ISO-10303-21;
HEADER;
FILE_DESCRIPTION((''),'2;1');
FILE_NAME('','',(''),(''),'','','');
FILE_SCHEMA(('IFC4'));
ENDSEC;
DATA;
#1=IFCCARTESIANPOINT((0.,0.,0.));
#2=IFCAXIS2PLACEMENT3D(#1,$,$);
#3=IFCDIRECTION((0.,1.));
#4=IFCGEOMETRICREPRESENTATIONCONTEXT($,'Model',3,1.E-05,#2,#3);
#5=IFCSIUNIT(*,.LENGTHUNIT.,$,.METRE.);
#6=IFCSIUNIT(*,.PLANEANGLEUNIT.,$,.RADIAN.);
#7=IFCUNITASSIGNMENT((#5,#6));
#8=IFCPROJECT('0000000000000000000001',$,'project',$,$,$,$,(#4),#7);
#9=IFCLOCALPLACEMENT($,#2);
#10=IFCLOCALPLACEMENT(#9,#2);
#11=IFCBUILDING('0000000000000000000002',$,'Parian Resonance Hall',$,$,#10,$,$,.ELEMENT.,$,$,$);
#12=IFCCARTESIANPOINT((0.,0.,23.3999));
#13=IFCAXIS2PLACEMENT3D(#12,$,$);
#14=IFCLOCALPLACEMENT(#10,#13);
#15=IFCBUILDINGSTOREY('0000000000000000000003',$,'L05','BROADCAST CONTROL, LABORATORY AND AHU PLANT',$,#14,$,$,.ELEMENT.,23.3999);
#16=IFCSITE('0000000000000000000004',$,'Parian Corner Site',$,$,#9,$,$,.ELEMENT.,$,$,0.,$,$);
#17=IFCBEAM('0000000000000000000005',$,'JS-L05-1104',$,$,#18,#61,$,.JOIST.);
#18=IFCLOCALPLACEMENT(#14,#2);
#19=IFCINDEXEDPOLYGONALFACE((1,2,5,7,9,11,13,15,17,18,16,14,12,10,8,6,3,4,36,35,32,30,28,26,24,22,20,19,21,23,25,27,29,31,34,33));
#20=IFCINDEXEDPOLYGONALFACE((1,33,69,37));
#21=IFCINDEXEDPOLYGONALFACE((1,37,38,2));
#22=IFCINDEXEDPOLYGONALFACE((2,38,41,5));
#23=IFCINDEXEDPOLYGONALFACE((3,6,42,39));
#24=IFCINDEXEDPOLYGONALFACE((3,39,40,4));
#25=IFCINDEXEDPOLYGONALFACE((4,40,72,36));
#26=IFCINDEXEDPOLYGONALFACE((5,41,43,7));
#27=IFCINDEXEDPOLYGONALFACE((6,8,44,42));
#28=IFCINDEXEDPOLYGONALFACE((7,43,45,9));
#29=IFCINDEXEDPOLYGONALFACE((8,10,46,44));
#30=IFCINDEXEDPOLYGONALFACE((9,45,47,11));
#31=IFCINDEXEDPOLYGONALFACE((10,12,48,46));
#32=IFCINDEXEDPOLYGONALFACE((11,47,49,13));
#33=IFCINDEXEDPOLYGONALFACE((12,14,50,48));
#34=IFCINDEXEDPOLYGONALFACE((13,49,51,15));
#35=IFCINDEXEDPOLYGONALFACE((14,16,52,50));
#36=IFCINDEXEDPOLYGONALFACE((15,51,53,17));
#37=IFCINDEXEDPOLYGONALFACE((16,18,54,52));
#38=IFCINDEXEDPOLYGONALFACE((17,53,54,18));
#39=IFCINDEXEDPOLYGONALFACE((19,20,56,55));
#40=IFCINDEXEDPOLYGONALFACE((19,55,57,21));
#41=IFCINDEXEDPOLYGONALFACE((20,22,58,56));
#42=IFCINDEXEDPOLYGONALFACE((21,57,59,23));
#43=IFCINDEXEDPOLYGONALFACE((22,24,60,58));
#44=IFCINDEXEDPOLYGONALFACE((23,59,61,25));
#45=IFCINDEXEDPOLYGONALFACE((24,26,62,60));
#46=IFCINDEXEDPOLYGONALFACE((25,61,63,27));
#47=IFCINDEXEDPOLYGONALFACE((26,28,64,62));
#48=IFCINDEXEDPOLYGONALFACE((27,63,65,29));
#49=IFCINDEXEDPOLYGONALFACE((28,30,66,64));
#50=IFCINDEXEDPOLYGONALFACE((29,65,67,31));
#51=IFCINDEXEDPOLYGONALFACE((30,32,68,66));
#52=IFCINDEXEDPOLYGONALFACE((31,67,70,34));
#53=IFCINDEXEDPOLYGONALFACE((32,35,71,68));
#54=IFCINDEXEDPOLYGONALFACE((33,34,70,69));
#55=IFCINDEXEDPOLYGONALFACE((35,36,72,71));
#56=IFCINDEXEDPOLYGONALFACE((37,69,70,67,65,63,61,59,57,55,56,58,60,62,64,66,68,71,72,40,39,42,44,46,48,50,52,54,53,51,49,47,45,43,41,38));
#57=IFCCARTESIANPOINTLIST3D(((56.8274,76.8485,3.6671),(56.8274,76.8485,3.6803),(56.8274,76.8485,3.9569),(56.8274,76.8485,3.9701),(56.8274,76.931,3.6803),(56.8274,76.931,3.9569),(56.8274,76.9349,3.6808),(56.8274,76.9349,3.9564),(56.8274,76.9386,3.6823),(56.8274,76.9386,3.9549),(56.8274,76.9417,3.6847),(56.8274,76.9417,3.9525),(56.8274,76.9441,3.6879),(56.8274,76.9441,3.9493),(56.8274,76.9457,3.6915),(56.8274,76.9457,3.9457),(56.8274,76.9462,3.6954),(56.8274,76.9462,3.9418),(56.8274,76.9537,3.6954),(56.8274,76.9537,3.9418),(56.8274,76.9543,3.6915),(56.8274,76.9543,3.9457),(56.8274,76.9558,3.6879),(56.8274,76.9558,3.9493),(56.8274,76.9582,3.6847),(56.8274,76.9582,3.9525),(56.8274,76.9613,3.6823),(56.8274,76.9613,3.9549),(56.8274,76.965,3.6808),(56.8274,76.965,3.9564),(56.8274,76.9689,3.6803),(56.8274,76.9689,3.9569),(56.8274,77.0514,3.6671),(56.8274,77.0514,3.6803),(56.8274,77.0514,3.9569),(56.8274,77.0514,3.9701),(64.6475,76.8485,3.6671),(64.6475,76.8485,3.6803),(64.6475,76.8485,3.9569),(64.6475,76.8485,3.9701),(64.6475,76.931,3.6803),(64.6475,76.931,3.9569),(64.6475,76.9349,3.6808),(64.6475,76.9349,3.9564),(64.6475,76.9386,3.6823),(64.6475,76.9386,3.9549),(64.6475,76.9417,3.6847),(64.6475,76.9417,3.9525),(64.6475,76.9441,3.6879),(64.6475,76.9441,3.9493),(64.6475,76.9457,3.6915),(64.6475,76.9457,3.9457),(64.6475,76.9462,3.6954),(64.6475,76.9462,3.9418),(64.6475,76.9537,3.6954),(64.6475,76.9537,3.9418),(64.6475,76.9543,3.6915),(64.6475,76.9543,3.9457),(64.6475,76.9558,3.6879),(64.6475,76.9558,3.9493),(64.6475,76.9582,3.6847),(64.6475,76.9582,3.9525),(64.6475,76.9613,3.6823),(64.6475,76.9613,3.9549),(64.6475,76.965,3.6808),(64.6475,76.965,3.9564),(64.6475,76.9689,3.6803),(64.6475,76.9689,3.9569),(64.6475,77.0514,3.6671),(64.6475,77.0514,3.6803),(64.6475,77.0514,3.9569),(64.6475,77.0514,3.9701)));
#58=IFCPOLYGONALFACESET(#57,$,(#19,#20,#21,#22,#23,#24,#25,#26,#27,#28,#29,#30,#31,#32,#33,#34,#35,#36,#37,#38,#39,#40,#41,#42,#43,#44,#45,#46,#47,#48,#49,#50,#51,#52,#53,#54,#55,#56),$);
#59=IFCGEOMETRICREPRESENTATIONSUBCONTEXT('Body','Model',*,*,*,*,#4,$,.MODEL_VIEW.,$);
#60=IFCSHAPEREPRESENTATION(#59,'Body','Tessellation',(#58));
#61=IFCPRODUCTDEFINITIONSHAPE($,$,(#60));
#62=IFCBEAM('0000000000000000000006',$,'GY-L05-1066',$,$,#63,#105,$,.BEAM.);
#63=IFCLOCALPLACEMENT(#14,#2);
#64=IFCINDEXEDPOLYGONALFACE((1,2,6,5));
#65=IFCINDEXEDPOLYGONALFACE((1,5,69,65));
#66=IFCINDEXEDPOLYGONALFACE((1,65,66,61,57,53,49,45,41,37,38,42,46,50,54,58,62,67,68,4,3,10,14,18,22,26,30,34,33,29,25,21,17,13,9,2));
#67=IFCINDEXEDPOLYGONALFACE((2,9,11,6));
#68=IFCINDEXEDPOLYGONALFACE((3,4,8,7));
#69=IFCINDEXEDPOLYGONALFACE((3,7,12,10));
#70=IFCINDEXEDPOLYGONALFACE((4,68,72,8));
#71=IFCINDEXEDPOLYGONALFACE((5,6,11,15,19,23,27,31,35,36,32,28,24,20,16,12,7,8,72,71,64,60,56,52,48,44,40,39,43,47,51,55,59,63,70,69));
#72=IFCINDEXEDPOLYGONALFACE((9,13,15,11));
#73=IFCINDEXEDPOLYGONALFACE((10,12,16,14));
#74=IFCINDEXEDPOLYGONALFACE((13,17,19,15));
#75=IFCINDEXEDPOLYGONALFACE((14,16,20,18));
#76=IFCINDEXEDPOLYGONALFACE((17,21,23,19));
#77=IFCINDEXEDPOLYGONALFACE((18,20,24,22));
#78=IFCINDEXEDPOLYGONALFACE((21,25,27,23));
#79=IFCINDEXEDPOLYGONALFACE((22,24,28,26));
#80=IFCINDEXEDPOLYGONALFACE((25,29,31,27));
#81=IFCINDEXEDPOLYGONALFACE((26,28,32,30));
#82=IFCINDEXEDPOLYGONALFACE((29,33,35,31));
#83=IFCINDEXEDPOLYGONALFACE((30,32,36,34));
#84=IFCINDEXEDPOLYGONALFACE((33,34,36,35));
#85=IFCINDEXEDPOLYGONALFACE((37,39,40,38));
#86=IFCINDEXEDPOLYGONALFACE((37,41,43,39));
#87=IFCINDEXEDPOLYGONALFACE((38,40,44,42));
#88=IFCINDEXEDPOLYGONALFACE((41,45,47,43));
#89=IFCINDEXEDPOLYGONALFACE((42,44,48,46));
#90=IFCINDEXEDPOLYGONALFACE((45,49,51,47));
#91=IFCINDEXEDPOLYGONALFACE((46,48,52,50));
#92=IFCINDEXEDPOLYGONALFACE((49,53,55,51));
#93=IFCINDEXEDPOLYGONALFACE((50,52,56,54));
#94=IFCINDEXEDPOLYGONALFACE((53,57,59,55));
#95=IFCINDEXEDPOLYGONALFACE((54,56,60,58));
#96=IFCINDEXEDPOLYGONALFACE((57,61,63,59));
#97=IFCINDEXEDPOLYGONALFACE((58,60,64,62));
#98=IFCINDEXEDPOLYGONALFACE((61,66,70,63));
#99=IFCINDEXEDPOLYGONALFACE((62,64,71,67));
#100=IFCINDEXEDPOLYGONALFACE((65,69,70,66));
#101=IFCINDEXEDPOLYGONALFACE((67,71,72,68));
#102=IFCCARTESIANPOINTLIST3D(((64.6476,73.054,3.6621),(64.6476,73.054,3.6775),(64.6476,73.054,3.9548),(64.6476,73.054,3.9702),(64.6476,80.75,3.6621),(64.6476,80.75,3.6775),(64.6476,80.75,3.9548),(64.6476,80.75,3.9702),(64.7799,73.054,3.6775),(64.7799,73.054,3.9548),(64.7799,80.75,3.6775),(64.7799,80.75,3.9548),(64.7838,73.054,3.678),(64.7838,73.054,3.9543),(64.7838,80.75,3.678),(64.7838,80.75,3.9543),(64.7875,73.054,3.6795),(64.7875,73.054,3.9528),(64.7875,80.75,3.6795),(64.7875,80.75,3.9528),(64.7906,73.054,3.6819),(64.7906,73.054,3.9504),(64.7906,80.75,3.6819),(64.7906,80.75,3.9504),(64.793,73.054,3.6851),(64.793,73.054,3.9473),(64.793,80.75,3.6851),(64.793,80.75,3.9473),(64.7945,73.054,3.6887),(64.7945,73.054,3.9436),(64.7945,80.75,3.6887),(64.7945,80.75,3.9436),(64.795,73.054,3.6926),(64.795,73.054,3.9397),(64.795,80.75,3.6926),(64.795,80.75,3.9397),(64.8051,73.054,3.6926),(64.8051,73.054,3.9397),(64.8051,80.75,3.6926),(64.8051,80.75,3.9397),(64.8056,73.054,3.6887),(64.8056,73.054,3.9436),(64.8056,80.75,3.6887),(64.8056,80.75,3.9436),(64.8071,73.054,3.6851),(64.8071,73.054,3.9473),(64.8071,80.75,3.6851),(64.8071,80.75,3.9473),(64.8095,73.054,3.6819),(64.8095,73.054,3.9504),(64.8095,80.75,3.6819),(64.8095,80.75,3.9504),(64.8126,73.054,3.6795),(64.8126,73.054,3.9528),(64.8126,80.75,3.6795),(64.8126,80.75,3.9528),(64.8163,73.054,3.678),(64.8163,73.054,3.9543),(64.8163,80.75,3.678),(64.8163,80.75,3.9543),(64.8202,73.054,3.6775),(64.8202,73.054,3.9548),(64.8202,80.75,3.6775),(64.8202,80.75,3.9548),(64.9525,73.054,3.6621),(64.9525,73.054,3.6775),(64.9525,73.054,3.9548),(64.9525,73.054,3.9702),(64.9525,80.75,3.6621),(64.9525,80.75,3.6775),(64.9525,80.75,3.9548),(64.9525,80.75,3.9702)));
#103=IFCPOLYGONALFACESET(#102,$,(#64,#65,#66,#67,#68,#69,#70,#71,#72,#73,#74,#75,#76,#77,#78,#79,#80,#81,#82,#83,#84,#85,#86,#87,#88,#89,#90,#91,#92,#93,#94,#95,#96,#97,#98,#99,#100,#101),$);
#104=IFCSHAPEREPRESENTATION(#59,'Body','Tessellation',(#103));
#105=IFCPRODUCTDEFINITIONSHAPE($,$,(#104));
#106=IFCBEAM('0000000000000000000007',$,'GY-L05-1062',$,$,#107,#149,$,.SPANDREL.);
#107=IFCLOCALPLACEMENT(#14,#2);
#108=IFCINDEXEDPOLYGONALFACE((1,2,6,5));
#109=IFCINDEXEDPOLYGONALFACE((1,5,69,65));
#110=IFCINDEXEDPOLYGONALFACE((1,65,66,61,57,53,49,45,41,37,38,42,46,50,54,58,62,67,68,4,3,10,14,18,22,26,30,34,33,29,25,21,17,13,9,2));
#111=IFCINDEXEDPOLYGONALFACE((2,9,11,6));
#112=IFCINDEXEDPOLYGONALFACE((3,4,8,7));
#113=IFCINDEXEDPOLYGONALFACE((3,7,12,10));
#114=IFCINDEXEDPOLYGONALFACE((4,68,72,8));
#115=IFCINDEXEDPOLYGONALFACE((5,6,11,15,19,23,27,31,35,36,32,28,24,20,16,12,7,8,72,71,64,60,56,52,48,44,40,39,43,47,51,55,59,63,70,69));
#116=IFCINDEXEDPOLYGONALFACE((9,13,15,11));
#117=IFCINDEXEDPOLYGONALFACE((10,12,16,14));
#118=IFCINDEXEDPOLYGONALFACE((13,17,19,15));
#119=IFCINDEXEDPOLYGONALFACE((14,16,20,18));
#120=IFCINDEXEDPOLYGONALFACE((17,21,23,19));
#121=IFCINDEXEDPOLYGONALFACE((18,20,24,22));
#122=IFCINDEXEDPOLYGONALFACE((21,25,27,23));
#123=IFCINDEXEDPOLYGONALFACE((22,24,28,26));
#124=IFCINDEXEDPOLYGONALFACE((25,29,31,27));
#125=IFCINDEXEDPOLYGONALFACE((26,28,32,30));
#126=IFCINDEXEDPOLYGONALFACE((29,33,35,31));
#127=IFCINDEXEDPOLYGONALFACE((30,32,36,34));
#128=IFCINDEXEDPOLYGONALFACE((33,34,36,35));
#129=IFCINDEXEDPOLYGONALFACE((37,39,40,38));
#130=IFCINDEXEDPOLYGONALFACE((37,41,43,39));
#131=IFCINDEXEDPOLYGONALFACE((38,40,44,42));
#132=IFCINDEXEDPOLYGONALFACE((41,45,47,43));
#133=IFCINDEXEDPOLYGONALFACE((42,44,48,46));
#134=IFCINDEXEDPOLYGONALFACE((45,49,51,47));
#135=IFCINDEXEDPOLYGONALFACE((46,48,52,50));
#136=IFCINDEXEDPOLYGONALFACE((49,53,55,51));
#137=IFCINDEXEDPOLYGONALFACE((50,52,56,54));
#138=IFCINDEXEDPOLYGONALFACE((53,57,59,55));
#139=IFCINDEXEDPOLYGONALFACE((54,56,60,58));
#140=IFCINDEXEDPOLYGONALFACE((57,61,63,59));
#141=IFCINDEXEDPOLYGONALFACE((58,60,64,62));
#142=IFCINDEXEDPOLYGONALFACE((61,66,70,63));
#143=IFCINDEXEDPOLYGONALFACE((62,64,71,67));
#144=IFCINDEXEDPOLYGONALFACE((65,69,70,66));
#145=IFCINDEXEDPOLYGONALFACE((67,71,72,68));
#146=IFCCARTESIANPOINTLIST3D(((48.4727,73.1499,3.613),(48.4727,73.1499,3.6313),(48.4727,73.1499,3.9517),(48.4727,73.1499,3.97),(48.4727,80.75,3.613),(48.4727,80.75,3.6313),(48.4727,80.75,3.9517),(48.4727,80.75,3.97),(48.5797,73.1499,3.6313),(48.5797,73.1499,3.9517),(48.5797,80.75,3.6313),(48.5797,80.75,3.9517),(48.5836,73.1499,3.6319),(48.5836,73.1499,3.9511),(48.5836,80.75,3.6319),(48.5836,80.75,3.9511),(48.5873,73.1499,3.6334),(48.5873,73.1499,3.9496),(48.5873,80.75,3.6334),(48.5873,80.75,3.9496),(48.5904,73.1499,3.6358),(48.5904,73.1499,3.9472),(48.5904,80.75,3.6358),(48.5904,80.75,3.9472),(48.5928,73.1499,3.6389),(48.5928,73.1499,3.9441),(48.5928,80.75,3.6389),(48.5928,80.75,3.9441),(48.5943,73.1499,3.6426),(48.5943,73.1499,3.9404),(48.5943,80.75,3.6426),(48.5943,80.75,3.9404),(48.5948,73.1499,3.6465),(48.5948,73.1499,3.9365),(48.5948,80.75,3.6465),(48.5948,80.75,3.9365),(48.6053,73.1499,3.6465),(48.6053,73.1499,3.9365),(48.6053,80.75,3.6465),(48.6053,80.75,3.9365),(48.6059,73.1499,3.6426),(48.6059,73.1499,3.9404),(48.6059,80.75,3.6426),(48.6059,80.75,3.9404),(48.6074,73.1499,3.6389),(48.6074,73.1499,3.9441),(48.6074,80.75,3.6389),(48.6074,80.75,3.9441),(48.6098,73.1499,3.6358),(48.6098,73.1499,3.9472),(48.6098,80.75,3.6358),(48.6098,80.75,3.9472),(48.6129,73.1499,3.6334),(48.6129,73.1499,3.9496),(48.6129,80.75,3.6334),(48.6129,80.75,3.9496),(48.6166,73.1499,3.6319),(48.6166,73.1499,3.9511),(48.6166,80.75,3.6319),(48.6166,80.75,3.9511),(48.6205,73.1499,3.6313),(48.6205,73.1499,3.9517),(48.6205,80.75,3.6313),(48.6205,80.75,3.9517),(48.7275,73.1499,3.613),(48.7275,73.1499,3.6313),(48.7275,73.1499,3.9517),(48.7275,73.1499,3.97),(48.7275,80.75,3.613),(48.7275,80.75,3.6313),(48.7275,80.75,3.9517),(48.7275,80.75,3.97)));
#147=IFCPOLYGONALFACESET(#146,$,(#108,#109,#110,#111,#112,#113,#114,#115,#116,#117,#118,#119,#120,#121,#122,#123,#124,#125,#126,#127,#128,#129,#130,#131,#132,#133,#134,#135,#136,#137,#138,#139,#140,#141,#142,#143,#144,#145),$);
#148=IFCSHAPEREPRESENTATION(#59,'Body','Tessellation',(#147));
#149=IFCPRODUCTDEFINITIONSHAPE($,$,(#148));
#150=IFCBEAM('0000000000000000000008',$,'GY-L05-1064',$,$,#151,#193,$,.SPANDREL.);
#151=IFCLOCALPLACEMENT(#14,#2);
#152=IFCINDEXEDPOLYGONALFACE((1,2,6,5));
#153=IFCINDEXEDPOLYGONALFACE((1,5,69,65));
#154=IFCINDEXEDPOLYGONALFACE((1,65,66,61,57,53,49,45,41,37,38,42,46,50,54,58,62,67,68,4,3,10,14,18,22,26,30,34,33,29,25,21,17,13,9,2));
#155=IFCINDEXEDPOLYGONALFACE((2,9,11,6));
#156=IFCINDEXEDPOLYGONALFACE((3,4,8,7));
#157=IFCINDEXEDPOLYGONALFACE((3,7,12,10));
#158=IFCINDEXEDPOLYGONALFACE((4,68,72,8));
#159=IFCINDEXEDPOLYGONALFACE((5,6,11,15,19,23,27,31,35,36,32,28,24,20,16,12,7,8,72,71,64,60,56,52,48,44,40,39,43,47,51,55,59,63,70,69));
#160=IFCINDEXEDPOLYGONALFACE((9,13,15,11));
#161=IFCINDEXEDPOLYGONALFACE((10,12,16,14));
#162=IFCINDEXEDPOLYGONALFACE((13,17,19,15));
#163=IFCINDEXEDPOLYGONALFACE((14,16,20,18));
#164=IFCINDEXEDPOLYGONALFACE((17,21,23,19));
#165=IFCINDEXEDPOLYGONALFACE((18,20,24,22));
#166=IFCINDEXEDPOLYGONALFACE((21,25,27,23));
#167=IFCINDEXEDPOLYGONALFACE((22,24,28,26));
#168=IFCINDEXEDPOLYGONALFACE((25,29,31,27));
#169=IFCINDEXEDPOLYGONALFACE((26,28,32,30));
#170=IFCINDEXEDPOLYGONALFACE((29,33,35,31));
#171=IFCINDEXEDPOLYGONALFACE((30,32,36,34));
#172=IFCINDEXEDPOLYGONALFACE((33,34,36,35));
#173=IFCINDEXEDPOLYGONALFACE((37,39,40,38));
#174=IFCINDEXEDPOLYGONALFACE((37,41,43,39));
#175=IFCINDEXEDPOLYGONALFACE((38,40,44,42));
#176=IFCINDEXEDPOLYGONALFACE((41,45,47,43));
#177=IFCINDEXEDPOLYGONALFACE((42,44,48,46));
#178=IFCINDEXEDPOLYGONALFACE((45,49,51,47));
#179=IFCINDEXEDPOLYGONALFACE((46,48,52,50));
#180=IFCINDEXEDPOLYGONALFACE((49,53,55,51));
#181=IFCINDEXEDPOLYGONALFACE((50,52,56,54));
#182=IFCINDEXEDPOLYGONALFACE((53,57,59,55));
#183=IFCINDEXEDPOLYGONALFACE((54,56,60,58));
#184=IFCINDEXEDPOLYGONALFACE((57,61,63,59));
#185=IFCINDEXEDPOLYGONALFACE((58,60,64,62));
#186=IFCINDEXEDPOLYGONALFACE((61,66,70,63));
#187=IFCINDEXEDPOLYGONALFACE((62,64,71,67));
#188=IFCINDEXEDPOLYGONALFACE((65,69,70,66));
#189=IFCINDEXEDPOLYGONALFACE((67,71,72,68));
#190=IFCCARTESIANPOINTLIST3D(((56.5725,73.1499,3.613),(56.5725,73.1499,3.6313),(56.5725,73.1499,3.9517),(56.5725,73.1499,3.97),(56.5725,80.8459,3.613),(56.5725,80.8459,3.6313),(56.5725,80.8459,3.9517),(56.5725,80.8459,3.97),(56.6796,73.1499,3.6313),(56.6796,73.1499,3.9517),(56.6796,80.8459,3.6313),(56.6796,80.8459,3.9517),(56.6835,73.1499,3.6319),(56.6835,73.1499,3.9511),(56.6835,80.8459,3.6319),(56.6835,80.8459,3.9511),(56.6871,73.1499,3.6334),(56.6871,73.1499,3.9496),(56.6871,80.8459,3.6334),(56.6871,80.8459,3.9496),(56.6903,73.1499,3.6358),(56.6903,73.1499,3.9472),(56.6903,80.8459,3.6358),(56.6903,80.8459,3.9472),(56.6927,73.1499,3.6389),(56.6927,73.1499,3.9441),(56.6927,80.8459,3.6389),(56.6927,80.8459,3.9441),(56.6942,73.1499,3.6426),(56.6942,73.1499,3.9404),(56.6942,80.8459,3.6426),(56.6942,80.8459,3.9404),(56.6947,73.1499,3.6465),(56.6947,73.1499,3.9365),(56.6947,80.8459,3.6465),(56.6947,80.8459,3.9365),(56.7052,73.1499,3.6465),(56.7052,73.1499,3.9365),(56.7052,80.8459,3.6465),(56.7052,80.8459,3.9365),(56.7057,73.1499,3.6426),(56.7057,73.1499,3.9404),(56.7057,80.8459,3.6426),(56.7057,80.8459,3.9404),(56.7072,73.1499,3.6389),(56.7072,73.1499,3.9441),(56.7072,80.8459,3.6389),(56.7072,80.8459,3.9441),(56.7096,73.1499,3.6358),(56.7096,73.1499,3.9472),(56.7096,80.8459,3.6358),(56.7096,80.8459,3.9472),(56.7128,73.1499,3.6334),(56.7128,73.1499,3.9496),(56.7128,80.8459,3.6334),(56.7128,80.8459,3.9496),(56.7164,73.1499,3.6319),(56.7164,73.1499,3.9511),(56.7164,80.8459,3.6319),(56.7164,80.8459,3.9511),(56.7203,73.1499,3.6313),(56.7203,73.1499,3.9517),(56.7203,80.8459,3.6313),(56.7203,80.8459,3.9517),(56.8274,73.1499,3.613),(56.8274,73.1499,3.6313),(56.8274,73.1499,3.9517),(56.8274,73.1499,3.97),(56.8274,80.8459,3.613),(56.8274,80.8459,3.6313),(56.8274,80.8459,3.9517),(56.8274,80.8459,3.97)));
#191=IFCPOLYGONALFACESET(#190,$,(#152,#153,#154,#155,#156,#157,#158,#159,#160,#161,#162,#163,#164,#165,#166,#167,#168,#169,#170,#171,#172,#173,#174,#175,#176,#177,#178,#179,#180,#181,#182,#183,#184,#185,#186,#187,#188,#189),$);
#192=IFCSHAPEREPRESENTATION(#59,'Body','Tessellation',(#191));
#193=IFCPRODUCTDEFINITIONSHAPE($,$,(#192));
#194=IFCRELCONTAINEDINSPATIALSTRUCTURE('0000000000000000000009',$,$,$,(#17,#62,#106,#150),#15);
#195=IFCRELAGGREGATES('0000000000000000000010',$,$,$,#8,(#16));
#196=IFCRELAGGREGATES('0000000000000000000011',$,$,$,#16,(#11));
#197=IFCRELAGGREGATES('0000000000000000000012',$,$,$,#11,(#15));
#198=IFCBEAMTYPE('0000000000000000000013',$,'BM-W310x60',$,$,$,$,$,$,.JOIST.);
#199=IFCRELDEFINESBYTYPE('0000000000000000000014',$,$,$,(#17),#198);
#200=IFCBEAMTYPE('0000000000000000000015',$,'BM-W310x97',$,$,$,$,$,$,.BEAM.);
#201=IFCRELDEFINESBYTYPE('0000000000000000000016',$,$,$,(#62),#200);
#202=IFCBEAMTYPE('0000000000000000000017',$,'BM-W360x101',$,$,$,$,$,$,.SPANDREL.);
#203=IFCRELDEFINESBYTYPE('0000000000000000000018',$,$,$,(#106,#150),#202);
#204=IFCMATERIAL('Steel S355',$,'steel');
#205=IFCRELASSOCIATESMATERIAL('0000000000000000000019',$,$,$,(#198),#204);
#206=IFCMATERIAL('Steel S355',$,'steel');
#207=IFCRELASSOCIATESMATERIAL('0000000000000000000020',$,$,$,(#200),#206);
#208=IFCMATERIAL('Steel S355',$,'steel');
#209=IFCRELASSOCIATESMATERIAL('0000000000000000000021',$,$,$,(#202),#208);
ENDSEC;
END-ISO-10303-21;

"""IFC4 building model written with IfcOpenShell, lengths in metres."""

from ifc_helpers import new_model, si_unit, direction, frame, origin, origin_2d, place, context, subcontext, project, spatial, i_section, extrude, material, material_profile, profile_set, type_object, element, save


model = new_model("IFC4")

# Units and contexts
model_context = context("Model", 3, precision=1e-05, world=origin(), true_north=direction((0.0, 1.0)))
body_context = subcontext(model_context, "Body", "Model", "MODEL_VIEW")
ifc_project = project(units=[si_unit("LENGTHUNIT", "METRE"), si_unit("PLANEANGLEUNIT", "RADIAN")], contexts=[model_context])

# Site, building, storey
site_placement = place(None, origin())
site = spatial("IfcSite", under=ifc_project, at=site_placement, Name="Parian Corner Site", CompositionType="ELEMENT", RefElevation=0.0)
building_placement = place(site_placement, origin())
building = spatial("IfcBuilding", under=site, at=building_placement, Name="Parian Resonance Hall", CompositionType="ELEMENT")
storey_placement = place(building_placement, frame((0.0, 0.0, 23.3999)))
storey = spatial("IfcBuildingStorey", under=building, at=storey_placement, Name="L05", Description="BROADCAST CONTROL, LABORATORY AND AHU PLANT", CompositionType="ELEMENT", Elevation=23.3999)

# Beams
ifc_material_1 = material(Name="Steel S355", Category="steel")
ifc_material_profile_1 = material_profile(ifc_material_1, i_section(OverallWidth=0.2029, OverallDepth=0.303, WebThickness=0.0076, FlangeThickness=0.0132, FilletRadius=0.0151, at=origin_2d()), Name="W310x60")
ifc_profile_set_1 = profile_set([ifc_material_profile_1], Name="Steel S355")
beam_type_1 = type_object("IfcBeamType", Name="BM-W310x60", PredefinedType="JOIST", material=ifc_profile_set_1)
beam_1_placement = place(storey_placement, frame((56.8274, 76.95, 3.8186), z_axis=(1.0, 0.0, 0.0), x_axis=(0.0, 1.0, 0.0)))
element("IfcBeam", 1, at=beam_1_placement, inside=storey, type_object=beam_type_1, Name="JS-L05-1104", PredefinedType="JOIST", context=body_context, shape_type="SweptSolid", body=[
    extrude(i_section(OverallWidth=0.2029, OverallDepth=0.303, WebThickness=0.0076, FlangeThickness=0.0132, FilletRadius=0.0151, at=origin_2d()), origin(), (0.0, 0.0, 1.0), 7.8201),
])
ifc_material_2 = material(Name="Steel S355", Category="steel")
ifc_material_profile_2 = material_profile(ifc_material_2, i_section(OverallWidth=0.3049, OverallDepth=0.3081, WebThickness=0.01, FlangeThickness=0.0154, FilletRadius=0.0151, at=origin_2d()), Name="W310x97")
ifc_profile_set_2 = profile_set([ifc_material_profile_2], Name="Steel S355")
beam_type_2 = type_object("IfcBeamType", Name="BM-W310x97", PredefinedType="BEAM", material=ifc_profile_set_2)
beam_2_placement = place(storey_placement, frame((64.8, 73.054, 3.8162), z_axis=(0.0, 1.0, 0.0), x_axis=(-1.0, 0.0, 0.0)))
element("IfcBeam", 2, at=beam_2_placement, inside=storey, type_object=beam_type_2, Name="GY-L05-1066", PredefinedType="BEAM", context=body_context, shape_type="SweptSolid", body=[
    extrude(i_section(OverallWidth=0.3049, OverallDepth=0.3081, WebThickness=0.01, FlangeThickness=0.0154, FilletRadius=0.0151, at=origin_2d()), origin(), (0.0, 0.0, 1.0), 7.696),
])
ifc_material_3 = material(Name="Steel S355", Category="steel")
ifc_material_profile_3 = material_profile(ifc_material_3, i_section(OverallWidth=0.2549, OverallDepth=0.3569, WebThickness=0.0105, FlangeThickness=0.0183, FilletRadius=0.0151, at=origin_2d()), Name="W360x101")
ifc_profile_set_3 = profile_set([ifc_material_profile_3], Name="Steel S355")
beam_type_3 = type_object("IfcBeamType", Name="BM-W360x101", PredefinedType="SPANDREL", material=ifc_profile_set_3)
beam_3_placement = place(storey_placement, frame((48.6001, 73.1499, 3.7915), z_axis=(0.0, 1.0, 0.0), x_axis=(-1.0, 0.0, 0.0)))
element("IfcBeam", 3, at=beam_3_placement, inside=storey, type_object=beam_type_3, Name="GY-L05-1062", PredefinedType="SPANDREL", context=body_context, shape_type="SweptSolid", body=[
    extrude(i_section(OverallWidth=0.2549, OverallDepth=0.3569, WebThickness=0.0105, FlangeThickness=0.0183, FilletRadius=0.0151, at=origin_2d()), origin(), (0.0, 0.0, 1.0), 7.6001),
])
beam_4_placement = place(storey_placement, frame((56.7, 73.1499, 3.7915), z_axis=(0.0, 1.0, 0.0), x_axis=(-1.0, 0.0, 0.0)))
element("IfcBeam", 4, at=beam_4_placement, inside=storey, type_object=beam_type_3, Name="GY-L05-1064", PredefinedType="SPANDREL", context=body_context, shape_type="SweptSolid", body=[
    extrude(i_section(OverallWidth=0.2549, OverallDepth=0.3569, WebThickness=0.0105, FlangeThickness=0.0183, FilletRadius=0.0151, at=origin_2d()), origin(), (0.0, 0.0, 1.0), 7.696),
])

save(model, "model.ifc")
